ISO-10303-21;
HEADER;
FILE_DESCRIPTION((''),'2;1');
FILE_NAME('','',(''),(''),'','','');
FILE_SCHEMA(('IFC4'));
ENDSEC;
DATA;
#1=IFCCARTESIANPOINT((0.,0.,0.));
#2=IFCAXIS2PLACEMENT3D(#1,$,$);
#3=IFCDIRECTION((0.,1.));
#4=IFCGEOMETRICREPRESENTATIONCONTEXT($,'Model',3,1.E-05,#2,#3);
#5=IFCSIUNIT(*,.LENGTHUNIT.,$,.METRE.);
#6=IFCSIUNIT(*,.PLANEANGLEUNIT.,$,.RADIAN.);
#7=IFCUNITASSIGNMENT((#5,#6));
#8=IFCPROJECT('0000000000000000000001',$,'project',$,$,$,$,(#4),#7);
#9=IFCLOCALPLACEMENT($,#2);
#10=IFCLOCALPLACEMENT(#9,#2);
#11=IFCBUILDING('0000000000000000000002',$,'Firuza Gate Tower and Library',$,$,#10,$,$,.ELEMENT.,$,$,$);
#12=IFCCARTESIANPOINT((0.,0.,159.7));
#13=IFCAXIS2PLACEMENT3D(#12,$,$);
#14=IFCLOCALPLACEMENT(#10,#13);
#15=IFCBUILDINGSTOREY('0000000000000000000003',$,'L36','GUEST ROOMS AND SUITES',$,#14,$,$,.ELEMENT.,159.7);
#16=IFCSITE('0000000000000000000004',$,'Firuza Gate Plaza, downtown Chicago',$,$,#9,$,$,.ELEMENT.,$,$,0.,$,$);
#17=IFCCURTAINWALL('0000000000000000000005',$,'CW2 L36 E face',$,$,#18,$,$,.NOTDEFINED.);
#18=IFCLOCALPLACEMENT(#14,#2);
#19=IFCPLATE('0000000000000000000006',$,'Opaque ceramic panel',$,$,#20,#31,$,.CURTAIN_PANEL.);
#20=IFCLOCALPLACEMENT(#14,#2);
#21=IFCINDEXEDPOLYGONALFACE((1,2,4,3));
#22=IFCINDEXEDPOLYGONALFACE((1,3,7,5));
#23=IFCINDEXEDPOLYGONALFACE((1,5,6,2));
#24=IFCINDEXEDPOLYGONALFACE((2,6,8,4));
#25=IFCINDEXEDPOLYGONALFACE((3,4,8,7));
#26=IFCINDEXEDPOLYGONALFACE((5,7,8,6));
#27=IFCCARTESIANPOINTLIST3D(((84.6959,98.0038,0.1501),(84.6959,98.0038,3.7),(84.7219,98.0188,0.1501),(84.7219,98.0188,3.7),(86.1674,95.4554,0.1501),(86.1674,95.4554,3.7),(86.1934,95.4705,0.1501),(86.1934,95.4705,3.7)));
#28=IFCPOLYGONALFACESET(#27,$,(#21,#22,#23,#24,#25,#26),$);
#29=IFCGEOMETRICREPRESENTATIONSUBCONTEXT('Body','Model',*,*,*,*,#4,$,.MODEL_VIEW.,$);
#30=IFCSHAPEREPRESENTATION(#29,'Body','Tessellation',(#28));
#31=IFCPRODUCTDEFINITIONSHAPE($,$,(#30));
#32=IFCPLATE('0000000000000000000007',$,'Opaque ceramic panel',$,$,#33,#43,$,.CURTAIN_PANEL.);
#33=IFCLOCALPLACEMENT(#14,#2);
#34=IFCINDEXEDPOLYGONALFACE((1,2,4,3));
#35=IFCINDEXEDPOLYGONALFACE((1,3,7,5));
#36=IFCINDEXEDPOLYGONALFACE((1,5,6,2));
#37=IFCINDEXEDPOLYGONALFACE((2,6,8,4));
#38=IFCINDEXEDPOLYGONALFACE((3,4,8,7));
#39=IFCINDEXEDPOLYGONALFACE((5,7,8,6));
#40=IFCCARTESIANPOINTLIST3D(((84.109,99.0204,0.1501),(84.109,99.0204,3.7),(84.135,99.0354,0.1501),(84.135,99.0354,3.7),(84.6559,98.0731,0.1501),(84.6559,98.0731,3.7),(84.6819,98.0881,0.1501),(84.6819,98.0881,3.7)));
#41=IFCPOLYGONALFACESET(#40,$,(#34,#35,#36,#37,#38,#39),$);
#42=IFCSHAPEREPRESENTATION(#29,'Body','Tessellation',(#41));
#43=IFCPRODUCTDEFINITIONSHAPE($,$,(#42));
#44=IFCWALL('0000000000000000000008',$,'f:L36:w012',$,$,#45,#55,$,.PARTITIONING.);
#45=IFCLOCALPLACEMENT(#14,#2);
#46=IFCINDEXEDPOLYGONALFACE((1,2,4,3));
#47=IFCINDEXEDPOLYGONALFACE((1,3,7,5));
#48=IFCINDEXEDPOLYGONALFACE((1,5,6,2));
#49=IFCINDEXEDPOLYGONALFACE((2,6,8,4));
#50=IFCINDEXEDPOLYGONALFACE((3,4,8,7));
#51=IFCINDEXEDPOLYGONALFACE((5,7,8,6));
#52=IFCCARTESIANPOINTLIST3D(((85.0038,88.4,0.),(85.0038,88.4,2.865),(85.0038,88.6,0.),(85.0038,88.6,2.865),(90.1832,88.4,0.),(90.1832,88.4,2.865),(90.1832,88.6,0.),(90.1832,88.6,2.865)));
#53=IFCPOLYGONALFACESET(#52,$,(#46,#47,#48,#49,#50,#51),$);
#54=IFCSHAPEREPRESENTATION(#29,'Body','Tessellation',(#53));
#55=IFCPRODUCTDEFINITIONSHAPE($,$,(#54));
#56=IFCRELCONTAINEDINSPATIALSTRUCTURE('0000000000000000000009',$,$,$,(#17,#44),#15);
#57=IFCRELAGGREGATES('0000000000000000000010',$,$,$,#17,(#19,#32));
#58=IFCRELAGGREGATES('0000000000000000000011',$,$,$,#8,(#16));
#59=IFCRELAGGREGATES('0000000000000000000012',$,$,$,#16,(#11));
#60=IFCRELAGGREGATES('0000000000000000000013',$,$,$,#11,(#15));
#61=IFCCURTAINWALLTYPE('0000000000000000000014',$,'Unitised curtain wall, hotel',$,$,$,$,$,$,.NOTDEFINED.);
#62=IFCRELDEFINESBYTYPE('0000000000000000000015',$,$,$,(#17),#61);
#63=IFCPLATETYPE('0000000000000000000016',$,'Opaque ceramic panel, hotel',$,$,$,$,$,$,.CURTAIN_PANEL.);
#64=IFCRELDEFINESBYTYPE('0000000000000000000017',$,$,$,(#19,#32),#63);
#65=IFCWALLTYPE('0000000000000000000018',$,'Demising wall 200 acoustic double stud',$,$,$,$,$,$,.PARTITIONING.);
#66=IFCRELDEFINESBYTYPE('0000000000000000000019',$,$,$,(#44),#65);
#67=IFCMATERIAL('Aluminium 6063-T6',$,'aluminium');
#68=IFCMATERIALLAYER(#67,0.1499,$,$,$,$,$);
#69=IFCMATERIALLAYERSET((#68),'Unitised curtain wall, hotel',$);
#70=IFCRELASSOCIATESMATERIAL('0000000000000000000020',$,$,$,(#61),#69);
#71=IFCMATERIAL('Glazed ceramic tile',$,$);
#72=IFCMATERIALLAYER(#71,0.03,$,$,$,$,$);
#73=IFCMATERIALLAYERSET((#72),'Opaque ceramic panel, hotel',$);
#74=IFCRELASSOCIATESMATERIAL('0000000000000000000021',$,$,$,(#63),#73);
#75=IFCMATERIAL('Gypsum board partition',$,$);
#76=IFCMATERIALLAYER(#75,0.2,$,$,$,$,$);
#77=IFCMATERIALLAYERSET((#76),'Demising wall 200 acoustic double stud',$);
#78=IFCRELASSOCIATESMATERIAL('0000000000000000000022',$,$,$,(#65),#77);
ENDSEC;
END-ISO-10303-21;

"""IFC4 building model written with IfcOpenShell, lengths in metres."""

from ifc_helpers import new_model, si_unit, direction, frame, frame_2d, origin, place, context, subcontext, project, spatial, polyline, rectangle, outline, extrude, material, layer, layer_set, type_object, element, aggregate, save


model = new_model("IFC4")

# Units and contexts
model_context = context("Model", 3, precision=1e-05, world=origin(), true_north=direction((0.0, 1.0)))
body_context = subcontext(model_context, "Body", "Model", "MODEL_VIEW")
ifc_project = project(units=[si_unit("LENGTHUNIT", "METRE"), si_unit("PLANEANGLEUNIT", "RADIAN")], contexts=[model_context])

# Site, building, storey
site_placement = place(None, origin())
site = spatial("IfcSite", under=ifc_project, at=site_placement, Name="Firuza Gate Plaza, downtown Chicago", CompositionType="ELEMENT", RefElevation=0.0)
building_placement = place(site_placement, origin())
building = spatial("IfcBuilding", under=site, at=building_placement, Name="Firuza Gate Tower and Library", CompositionType="ELEMENT")
storey_placement = place(building_placement, frame((0.0, 0.0, 159.7)))
storey = spatial("IfcBuildingStorey", under=building, at=storey_placement, Name="L36", Description="GUEST ROOMS AND SUITES", CompositionType="ELEMENT", Elevation=159.7)

# Curtain wall
ifc_material_1 = material(Name="Aluminium 6063-T6", Category="aluminium")
ifc_layer_1 = layer(ifc_material_1, 0.1499)
ifc_layer_set_1 = layer_set([ifc_layer_1], Name="Unitised curtain wall, hotel")
curtain_wall_type = type_object("IfcCurtainWallType", Name="Unitised curtain wall, hotel", PredefinedType="NOTDEFINED", material=ifc_layer_set_1)
curtain_wall_placement = place(storey_placement, origin())
curtain_wall = element("IfcCurtainWall", 1, at=curtain_wall_placement, inside=storey, type_object=curtain_wall_type, Name="CW2 L36 E face", PredefinedType="NOTDEFINED")

# Plates
ifc_material_2 = material(Name="Glazed ceramic tile")
ifc_layer_2 = layer(ifc_material_2, 0.03)
ifc_layer_set_2 = layer_set([ifc_layer_2], Name="Opaque ceramic panel, hotel")
plate_type_1 = type_object("IfcPlateType", Name="Opaque ceramic panel, hotel", PredefinedType="CURTAIN_PANEL", material=ifc_layer_set_2)
plate_1_placement = place(storey_placement, frame((86.1934, 95.4705, 0.1501), z_axis=(0.866003, 0.500038, 0.0), x_axis=(-0.500038, 0.866003, 0.0)))
plate_1 = element("IfcPlate", 2, at=plate_1_placement, type_object=plate_type_1, Name="Opaque ceramic panel", PredefinedType="CURTAIN_PANEL", context=body_context, shape_type="SweptSolid", body=[
    extrude(outline(polyline([(0.0, 0.0), (2.9426, 0.0), (2.9426, 3.5498), (0.0, 3.5498), (0.0, 0.0)])), origin(), (0.0, 0.0, -1.0), 0.03),
])
plate_2_placement = place(storey_placement, frame((84.6819, 98.0881, 0.1501), z_axis=(0.866037, 0.49998, 0.0), x_axis=(-0.49998, 0.866037, 0.0)))
plate_2 = element("IfcPlate", 3, at=plate_2_placement, type_object=plate_type_1, Name="Opaque ceramic panel", PredefinedType="CURTAIN_PANEL", context=body_context, shape_type="SweptSolid", body=[
    extrude(outline(polyline([(0.0, 0.0), (1.0938, 0.0), (1.0938, 3.5498), (0.0, 3.5498), (0.0, 0.0)])), origin(), (0.0, 0.0, -1.0), 0.03),
])
aggregate(curtain_wall, [plate_1, plate_2])

# Wall
ifc_material_3 = material(Name="Gypsum board partition")
ifc_layer_3 = layer(ifc_material_3, 0.2)
ifc_layer_set_3 = layer_set([ifc_layer_3], Name="Demising wall 200 acoustic double stud")
wall_type = type_object("IfcWallType", Name="Demising wall 200 acoustic double stud", PredefinedType="PARTITIONING", material=ifc_layer_set_3)
wall_placement = place(storey_placement, frame((85.0037, 88.5, 0.0), z_axis=(0.0, 0.0, 1.0), x_axis=(1.0, 0.0, 0.0)))
element("IfcWall", 4, at=wall_placement, inside=storey, type_object=wall_type, Name="f:L36:w012", PredefinedType="PARTITIONING", context=body_context, shape_type="SweptSolid", body=[
    extrude(rectangle(XDim=5.1794, YDim=0.2, at=frame_2d((2.5898, 0.0))), origin(), (0.0, 0.0, 1.0), 2.865),
])

save(model, "model.ifc")
